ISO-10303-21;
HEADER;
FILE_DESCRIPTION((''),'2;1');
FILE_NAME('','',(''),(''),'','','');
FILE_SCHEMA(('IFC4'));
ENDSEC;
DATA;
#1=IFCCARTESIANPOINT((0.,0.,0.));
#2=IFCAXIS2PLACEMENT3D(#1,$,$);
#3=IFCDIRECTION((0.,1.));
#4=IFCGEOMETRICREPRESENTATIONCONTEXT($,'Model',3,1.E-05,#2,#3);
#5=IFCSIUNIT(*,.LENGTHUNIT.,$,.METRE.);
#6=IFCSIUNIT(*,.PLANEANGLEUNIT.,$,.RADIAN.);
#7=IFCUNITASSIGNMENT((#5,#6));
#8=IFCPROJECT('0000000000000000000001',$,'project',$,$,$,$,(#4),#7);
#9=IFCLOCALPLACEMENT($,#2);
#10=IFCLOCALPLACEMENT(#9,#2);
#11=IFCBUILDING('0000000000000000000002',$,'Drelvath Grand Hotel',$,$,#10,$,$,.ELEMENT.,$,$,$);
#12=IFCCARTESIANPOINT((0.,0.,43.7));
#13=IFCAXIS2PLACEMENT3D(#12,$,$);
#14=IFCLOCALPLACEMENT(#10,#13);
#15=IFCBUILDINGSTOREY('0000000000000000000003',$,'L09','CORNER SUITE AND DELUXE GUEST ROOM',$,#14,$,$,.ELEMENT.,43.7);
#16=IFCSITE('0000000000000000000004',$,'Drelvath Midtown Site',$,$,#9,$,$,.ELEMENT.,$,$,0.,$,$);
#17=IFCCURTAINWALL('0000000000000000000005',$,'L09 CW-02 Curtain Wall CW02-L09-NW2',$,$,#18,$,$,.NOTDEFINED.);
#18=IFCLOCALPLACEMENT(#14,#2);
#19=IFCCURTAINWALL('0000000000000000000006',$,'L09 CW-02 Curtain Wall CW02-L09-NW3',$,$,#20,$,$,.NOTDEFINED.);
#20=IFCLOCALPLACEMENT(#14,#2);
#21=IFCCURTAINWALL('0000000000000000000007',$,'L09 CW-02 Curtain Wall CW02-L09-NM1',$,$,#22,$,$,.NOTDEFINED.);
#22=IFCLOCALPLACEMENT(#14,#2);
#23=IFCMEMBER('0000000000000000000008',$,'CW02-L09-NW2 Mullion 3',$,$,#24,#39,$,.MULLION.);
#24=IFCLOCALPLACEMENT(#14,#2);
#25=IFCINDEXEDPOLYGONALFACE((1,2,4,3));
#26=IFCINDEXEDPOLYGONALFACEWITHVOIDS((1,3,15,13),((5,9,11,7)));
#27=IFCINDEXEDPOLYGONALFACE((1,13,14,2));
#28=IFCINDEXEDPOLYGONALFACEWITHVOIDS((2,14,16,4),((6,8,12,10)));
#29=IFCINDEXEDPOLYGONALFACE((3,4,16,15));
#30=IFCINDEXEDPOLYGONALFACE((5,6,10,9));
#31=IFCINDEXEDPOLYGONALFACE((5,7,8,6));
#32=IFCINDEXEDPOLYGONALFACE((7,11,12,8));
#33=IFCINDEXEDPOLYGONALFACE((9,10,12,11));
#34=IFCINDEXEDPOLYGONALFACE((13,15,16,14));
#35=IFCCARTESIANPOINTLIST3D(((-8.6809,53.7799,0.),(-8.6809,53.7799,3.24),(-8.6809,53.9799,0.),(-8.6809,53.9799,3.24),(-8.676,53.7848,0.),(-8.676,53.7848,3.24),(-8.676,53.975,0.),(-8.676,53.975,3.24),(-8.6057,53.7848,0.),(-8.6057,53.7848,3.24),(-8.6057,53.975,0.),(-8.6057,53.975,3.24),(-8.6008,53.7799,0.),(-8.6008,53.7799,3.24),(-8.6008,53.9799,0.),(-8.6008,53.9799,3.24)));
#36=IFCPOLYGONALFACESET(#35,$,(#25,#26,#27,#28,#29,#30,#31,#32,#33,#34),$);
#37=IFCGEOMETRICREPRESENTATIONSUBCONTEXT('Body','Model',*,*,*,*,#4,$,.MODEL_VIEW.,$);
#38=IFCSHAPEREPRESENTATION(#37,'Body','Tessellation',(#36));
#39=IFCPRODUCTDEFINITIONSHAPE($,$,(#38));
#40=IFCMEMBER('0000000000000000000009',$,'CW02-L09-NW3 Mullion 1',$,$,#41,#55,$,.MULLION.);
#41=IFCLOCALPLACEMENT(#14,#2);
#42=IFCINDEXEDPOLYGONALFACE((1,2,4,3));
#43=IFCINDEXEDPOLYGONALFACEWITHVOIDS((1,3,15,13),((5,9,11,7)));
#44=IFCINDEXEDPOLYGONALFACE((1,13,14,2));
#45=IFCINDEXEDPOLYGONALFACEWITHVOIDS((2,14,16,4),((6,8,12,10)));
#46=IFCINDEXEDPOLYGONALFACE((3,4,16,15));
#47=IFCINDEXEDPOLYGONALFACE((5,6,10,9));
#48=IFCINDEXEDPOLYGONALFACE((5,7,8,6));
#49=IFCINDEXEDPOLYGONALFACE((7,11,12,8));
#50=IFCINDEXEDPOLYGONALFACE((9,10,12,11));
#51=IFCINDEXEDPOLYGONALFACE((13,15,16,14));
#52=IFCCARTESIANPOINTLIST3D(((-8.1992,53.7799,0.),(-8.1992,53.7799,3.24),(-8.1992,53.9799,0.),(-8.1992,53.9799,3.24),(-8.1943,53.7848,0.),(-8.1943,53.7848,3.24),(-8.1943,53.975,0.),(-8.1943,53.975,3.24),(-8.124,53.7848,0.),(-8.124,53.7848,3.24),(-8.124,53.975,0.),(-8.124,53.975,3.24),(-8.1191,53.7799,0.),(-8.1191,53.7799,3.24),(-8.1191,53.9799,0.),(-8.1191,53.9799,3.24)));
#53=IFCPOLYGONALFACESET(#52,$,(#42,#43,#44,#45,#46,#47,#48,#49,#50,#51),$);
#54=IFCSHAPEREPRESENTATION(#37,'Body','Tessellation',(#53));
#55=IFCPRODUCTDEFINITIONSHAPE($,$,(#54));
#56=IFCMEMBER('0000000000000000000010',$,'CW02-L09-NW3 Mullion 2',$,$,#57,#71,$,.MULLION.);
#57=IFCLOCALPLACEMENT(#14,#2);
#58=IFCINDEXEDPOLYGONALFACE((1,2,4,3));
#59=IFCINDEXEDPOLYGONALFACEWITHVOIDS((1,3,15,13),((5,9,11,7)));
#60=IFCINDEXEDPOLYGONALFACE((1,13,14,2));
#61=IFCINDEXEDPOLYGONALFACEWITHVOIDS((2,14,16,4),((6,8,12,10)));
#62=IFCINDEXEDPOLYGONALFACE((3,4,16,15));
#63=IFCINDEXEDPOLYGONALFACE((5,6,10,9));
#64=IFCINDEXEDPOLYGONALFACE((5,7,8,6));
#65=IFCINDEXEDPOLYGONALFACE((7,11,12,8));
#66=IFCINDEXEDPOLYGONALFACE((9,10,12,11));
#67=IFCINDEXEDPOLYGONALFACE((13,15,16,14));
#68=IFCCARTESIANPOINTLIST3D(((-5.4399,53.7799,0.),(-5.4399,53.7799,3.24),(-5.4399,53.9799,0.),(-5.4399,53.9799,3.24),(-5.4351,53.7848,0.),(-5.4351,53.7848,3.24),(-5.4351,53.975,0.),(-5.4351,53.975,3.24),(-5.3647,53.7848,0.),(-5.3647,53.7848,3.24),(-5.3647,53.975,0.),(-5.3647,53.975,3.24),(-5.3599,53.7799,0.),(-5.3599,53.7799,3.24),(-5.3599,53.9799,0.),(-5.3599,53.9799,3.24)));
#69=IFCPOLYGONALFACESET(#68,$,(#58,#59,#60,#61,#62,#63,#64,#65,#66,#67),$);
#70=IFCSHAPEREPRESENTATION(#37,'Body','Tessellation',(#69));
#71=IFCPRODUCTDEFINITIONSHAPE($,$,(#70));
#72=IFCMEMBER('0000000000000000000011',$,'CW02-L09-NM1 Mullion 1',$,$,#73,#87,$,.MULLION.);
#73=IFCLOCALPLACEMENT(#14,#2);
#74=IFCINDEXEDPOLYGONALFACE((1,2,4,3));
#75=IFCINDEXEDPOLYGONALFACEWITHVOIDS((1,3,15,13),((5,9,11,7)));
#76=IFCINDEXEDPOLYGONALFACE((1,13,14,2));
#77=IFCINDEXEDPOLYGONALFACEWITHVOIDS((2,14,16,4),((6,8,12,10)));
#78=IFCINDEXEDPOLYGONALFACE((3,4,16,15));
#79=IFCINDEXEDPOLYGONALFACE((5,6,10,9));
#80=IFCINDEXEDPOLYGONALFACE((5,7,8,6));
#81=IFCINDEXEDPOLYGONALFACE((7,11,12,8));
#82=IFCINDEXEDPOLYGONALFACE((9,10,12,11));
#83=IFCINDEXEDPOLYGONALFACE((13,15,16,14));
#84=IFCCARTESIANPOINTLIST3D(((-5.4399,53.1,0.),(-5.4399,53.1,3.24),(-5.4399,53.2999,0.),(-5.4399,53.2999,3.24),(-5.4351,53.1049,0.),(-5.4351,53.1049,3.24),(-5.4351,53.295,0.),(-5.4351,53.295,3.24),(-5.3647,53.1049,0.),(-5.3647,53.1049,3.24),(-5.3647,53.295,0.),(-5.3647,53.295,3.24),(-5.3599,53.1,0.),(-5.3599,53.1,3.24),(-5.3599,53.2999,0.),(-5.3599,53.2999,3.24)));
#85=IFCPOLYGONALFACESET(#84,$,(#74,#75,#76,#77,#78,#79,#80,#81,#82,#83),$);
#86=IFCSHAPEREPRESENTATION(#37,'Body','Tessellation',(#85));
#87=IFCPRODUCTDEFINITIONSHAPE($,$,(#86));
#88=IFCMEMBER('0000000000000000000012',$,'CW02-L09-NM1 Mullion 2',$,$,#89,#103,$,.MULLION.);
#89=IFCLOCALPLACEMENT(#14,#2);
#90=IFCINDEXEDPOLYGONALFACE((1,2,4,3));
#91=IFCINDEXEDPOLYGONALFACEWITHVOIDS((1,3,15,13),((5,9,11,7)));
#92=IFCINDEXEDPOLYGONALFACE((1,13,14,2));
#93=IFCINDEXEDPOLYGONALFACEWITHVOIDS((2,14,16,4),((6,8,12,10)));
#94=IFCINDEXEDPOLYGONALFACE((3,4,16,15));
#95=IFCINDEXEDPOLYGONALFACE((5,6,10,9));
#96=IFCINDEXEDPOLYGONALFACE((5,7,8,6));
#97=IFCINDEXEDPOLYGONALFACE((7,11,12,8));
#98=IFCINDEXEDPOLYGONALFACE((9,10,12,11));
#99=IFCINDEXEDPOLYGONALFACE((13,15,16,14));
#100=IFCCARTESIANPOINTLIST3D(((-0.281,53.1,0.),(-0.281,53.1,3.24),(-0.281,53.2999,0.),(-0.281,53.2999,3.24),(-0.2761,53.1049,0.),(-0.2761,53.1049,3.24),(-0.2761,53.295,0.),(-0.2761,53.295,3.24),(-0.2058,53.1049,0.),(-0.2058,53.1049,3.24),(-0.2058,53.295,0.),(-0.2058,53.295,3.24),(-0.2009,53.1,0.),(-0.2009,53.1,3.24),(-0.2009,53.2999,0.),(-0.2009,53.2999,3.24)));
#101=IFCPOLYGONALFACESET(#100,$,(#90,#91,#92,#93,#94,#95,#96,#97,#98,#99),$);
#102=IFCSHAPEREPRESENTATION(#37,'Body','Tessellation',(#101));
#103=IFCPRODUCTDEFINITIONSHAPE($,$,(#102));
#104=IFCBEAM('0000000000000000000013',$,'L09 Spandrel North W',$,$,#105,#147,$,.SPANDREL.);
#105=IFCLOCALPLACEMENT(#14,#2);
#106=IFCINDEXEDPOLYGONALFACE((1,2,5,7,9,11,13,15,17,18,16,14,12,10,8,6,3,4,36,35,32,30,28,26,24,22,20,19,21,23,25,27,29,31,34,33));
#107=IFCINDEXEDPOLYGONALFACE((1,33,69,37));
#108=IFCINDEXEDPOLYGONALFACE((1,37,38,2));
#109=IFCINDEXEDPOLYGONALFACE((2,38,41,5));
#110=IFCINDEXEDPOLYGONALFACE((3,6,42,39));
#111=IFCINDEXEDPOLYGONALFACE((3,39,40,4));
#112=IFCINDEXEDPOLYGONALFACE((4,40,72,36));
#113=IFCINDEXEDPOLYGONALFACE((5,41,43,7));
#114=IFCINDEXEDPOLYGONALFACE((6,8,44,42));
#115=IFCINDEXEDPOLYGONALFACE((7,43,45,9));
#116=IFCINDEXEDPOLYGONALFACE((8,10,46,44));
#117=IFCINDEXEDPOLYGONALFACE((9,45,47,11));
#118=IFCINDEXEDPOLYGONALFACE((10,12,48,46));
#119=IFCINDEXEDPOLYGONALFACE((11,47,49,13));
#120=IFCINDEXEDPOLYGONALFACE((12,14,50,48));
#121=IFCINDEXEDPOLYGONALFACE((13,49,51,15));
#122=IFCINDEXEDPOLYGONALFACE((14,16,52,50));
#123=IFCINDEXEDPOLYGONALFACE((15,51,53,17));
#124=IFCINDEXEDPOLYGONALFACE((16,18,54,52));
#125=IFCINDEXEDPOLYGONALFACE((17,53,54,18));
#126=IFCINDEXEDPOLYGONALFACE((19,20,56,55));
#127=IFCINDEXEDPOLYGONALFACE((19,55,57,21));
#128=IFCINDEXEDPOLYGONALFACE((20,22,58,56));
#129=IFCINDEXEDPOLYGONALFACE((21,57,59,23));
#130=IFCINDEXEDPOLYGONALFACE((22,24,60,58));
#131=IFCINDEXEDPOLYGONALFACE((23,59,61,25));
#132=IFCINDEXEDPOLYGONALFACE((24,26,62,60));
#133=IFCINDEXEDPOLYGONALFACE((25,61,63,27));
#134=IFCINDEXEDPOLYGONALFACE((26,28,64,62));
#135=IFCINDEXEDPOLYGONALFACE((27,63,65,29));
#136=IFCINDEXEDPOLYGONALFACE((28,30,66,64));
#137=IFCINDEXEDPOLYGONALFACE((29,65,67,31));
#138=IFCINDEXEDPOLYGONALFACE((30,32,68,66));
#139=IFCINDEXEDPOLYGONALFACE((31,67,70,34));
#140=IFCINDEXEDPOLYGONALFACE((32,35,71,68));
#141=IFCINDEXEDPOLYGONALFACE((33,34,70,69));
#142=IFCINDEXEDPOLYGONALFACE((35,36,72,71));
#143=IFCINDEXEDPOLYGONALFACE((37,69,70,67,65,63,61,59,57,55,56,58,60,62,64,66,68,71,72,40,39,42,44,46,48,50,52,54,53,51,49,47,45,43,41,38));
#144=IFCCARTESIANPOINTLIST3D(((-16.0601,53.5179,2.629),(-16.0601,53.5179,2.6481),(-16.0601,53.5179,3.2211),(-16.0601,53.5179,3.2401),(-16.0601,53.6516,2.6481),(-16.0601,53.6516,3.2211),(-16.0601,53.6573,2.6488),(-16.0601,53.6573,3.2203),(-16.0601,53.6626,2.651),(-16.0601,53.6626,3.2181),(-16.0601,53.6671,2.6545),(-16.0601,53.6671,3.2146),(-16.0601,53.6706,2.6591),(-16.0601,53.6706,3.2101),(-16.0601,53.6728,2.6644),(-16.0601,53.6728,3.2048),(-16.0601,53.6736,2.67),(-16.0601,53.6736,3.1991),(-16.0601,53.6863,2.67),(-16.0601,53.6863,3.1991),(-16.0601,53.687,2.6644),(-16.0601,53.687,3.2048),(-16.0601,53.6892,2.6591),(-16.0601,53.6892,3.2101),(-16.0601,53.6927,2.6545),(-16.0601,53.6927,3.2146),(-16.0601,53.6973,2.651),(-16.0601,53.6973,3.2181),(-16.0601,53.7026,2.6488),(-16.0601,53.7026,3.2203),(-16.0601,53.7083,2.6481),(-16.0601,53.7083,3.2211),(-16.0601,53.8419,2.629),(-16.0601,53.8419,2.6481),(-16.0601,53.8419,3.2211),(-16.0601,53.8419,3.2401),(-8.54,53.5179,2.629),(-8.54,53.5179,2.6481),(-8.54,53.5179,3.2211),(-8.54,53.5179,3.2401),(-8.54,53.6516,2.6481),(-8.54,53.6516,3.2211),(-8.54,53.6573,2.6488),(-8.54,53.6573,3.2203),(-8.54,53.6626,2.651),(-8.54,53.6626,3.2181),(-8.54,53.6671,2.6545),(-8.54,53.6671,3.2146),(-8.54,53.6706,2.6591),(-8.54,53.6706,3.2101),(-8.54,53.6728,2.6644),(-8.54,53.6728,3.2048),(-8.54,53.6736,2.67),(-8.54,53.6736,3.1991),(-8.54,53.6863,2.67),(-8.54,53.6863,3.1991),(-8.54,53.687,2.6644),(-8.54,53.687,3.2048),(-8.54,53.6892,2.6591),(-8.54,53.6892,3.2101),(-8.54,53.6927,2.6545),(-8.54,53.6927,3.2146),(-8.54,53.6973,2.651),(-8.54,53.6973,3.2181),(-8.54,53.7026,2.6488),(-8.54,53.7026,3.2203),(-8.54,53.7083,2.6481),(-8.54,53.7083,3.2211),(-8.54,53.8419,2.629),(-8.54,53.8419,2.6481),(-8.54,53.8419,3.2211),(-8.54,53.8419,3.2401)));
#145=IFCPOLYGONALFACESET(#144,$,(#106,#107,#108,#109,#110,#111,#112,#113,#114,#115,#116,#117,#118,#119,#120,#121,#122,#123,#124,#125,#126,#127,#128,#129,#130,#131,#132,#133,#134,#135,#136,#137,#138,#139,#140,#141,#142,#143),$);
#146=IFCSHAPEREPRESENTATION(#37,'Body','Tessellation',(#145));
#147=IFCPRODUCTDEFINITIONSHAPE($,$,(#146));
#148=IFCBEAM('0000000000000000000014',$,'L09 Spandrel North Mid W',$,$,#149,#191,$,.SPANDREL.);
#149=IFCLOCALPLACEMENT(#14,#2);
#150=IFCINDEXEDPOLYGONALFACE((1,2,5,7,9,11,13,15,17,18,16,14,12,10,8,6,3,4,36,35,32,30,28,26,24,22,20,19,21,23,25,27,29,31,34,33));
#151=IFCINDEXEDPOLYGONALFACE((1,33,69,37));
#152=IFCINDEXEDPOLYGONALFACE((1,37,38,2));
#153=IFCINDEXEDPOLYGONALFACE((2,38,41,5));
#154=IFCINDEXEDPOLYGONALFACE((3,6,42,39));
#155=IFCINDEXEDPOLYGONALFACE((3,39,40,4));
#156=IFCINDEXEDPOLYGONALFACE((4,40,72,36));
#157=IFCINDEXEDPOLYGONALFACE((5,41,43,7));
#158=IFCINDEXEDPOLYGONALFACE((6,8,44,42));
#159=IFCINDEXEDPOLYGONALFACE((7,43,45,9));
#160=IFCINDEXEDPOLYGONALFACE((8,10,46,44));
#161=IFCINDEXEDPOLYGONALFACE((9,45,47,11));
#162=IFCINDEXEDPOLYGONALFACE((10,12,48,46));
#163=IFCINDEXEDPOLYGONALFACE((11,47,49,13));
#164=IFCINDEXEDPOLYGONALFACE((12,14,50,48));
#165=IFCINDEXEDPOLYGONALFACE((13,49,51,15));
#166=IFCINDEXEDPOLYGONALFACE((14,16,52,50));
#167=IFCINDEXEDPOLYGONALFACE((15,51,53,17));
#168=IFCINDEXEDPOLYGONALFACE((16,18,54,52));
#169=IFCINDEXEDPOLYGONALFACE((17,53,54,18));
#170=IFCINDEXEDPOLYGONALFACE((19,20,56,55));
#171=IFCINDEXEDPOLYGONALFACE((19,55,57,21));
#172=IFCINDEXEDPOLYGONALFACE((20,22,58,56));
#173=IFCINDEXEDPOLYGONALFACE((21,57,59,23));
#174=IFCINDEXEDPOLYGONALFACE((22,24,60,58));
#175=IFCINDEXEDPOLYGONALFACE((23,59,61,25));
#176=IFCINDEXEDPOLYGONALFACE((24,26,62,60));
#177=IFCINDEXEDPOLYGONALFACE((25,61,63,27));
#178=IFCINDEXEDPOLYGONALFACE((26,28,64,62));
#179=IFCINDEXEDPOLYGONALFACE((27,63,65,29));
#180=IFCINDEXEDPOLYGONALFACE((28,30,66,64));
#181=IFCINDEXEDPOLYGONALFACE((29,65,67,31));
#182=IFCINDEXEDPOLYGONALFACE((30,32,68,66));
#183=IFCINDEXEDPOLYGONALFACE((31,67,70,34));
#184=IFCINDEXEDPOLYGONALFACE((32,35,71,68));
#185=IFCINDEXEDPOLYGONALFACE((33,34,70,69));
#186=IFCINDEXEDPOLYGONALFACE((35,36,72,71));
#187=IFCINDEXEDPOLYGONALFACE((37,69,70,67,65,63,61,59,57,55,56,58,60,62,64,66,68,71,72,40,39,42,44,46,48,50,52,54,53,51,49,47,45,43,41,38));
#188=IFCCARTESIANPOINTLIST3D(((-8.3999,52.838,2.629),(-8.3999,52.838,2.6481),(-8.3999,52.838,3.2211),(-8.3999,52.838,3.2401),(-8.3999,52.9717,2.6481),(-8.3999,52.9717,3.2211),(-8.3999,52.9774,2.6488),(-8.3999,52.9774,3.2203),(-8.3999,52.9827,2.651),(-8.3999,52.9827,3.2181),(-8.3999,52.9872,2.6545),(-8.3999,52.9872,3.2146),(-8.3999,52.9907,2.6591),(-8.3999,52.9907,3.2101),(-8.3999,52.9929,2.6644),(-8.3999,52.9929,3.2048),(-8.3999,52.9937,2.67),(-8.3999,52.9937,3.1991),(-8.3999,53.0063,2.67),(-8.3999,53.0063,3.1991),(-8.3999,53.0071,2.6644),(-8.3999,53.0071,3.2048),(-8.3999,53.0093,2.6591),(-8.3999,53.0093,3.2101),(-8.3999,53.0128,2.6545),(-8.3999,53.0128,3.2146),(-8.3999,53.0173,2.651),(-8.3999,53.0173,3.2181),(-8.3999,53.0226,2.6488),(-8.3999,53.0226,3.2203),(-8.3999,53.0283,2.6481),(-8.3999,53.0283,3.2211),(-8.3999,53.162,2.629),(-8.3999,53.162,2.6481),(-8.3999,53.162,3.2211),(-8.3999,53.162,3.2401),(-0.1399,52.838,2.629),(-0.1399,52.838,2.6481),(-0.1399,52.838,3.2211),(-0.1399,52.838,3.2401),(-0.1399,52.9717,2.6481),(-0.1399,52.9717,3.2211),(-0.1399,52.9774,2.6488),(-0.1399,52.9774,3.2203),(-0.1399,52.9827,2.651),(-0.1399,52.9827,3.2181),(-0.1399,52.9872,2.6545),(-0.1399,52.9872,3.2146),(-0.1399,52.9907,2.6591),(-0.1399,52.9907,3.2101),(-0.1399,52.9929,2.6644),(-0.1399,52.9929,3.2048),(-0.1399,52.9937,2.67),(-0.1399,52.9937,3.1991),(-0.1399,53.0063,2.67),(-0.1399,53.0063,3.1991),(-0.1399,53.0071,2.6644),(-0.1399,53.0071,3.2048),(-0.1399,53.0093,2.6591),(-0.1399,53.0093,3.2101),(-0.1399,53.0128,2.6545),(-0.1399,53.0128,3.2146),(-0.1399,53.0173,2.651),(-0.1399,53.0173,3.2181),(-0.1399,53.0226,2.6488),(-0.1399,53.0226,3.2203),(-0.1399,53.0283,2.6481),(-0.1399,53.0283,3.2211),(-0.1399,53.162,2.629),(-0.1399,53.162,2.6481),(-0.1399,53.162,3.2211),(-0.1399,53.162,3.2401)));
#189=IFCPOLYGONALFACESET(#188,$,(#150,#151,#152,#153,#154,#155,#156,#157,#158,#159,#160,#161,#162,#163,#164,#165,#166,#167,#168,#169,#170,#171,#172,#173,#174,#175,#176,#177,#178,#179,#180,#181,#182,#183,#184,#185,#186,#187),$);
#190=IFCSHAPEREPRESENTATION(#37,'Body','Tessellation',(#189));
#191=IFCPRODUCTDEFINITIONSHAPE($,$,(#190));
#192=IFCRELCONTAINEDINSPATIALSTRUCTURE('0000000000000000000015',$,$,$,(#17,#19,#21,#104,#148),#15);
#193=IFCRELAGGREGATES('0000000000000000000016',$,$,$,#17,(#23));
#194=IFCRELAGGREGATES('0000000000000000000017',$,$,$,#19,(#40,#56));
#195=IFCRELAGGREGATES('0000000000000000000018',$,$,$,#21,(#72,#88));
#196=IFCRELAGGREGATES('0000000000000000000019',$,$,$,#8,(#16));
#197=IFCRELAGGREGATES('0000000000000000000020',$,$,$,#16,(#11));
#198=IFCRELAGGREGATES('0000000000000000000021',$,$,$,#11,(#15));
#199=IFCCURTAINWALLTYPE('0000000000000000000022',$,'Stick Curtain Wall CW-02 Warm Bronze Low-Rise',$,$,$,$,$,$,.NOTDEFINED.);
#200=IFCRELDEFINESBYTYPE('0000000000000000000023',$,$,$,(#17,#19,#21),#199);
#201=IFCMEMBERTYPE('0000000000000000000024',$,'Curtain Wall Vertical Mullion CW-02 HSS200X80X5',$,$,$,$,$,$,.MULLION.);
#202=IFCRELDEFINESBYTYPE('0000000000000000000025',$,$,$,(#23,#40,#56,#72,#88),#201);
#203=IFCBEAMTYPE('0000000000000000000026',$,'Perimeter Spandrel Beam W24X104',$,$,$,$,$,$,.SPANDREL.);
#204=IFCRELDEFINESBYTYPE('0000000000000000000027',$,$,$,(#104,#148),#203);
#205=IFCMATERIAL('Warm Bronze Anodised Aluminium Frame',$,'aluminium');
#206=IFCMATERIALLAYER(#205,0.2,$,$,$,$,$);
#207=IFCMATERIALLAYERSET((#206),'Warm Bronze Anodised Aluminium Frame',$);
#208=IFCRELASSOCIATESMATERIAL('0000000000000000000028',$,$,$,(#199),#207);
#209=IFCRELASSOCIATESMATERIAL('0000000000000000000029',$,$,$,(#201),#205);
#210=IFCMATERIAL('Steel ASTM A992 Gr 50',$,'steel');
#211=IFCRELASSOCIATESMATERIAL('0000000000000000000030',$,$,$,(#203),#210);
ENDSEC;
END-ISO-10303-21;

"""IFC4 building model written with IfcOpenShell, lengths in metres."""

from ifc_helpers import new_model, si_unit, direction, frame, origin, origin_2d, place, context, subcontext, project, spatial, hollow_rectangle, i_section, extrude, material, layer, layer_set, material_profile, profile_set, type_object, element, aggregate, save


model = new_model("IFC4")

# Units and contexts
model_context = context("Model", 3, precision=1e-05, world=origin(), true_north=direction((0.0, 1.0)))
body_context = subcontext(model_context, "Body", "Model", "MODEL_VIEW")
ifc_project = project(units=[si_unit("LENGTHUNIT", "METRE"), si_unit("PLANEANGLEUNIT", "RADIAN")], contexts=[model_context])

# Site, building, storey
site_placement = place(None, origin())
site = spatial("IfcSite", under=ifc_project, at=site_placement, Name="Drelvath Midtown Site", CompositionType="ELEMENT", RefElevation=0.0)
building_placement = place(site_placement, origin())
building = spatial("IfcBuilding", under=site, at=building_placement, Name="Drelvath Grand Hotel", CompositionType="ELEMENT")
storey_placement = place(building_placement, frame((0.0, 0.0, 43.7)))
storey = spatial("IfcBuildingStorey", under=building, at=storey_placement, Name="L09", Description="CORNER SUITE AND DELUXE GUEST ROOM", CompositionType="ELEMENT", Elevation=43.7)

# Curtain walls
ifc_material_1 = material(Name="Warm Bronze Anodised Aluminium Frame", Category="aluminium")
ifc_layer_1 = layer(ifc_material_1, 0.2)
ifc_layer_set_1 = layer_set([ifc_layer_1], Name="Warm Bronze Anodised Aluminium Frame")
curtain_wall_type = type_object("IfcCurtainWallType", Name="Stick Curtain Wall CW-02 Warm Bronze Low-Rise", PredefinedType="NOTDEFINED", material=ifc_layer_set_1)
curtain_wall_1_placement = place(storey_placement, origin())
curtain_wall_1 = element("IfcCurtainWall", 1, at=curtain_wall_1_placement, inside=storey, type_object=curtain_wall_type, Name="L09 CW-02 Curtain Wall CW02-L09-NW2", PredefinedType="NOTDEFINED")
curtain_wall_2_placement = place(storey_placement, origin())
curtain_wall_2 = element("IfcCurtainWall", 2, at=curtain_wall_2_placement, inside=storey, type_object=curtain_wall_type, Name="L09 CW-02 Curtain Wall CW02-L09-NW3", PredefinedType="NOTDEFINED")
curtain_wall_3_placement = place(storey_placement, origin())
curtain_wall_3 = element("IfcCurtainWall", 3, at=curtain_wall_3_placement, inside=storey, type_object=curtain_wall_type, Name="L09 CW-02 Curtain Wall CW02-L09-NM1", PredefinedType="NOTDEFINED")

# Members
ifc_material_profile_1 = material_profile(ifc_material_1, hollow_rectangle(XDim=0.0801, YDim=0.2, WallThickness=0.0049, at=origin_2d()), Name="HSS200X80X5")
ifc_profile_set_1 = profile_set([ifc_material_profile_1], Name="Warm Bronze Anodised Aluminium Frame")
member_type_1 = type_object("IfcMemberType", Name="Curtain Wall Vertical Mullion CW-02 HSS200X80X5", PredefinedType="MULLION", material=ifc_profile_set_1)
member_1_placement = place(storey_placement, frame((-8.6409, 53.8799, 0.0), z_axis=(0.0, 0.0, 1.0), x_axis=(1.0, 0.0, 0.0)))
member_1 = element("IfcMember", 4, at=member_1_placement, type_object=member_type_1, Name="CW02-L09-NW2 Mullion 3", PredefinedType="MULLION", context=body_context, shape_type="SweptSolid", body=[
    extrude(hollow_rectangle(XDim=0.0801, YDim=0.2, WallThickness=0.0049, at=origin_2d()), origin(), (0.0, 0.0, 1.0), 3.24),
])
member_2_placement = place(storey_placement, frame((-8.1592, 53.8799, 0.0), z_axis=(0.0, 0.0, 1.0), x_axis=(1.0, 0.0, 0.0)))
member_2 = element("IfcMember", 5, at=member_2_placement, type_object=member_type_1, Name="CW02-L09-NW3 Mullion 1", PredefinedType="MULLION", context=body_context, shape_type="SweptSolid", body=[
    extrude(hollow_rectangle(XDim=0.0801, YDim=0.2, WallThickness=0.0049, at=origin_2d()), origin(), (0.0, 0.0, 1.0), 3.24),
])
member_3_placement = place(storey_placement, frame((-5.3999, 53.8799, 0.0), z_axis=(0.0, 0.0, 1.0), x_axis=(1.0, 0.0, 0.0)))
member_3 = element("IfcMember", 6, at=member_3_placement, type_object=member_type_1, Name="CW02-L09-NW3 Mullion 2", PredefinedType="MULLION", context=body_context, shape_type="SweptSolid", body=[
    extrude(hollow_rectangle(XDim=0.0801, YDim=0.2, WallThickness=0.0049, at=origin_2d()), origin(), (0.0, 0.0, 1.0), 3.24),
])
member_4_placement = place(storey_placement, frame((-5.3999, 53.2, 0.0), z_axis=(0.0, 0.0, 1.0), x_axis=(1.0, 0.0, 0.0)))
member_4 = element("IfcMember", 7, at=member_4_placement, type_object=member_type_1, Name="CW02-L09-NM1 Mullion 1", PredefinedType="MULLION", context=body_context, shape_type="SweptSolid", body=[
    extrude(hollow_rectangle(XDim=0.0801, YDim=0.2, WallThickness=0.0049, at=origin_2d()), origin(), (0.0, 0.0, 1.0), 3.24),
])
member_5_placement = place(storey_placement, frame((-0.241, 53.2, 0.0), z_axis=(0.0, 0.0, 1.0), x_axis=(1.0, 0.0, 0.0)))
member_5 = element("IfcMember", 8, at=member_5_placement, type_object=member_type_1, Name="CW02-L09-NM1 Mullion 2", PredefinedType="MULLION", context=body_context, shape_type="SweptSolid", body=[
    extrude(hollow_rectangle(XDim=0.0801, YDim=0.2, WallThickness=0.0049, at=origin_2d()), origin(), (0.0, 0.0, 1.0), 3.24),
])

# Beams
ifc_material_2 = material(Name="Steel ASTM A992 Gr 50", Category="steel")
ifc_material_profile_2 = material_profile(ifc_material_2, i_section(OverallWidth=0.324, OverallDepth=0.6111, WebThickness=0.0127, FlangeThickness=0.019, FilletRadius=0.022, at=origin_2d()), Name="W24X104")
ifc_profile_set_2 = profile_set([ifc_material_profile_2], Name="Steel ASTM A992 Gr 50")
beam_type_1 = type_object("IfcBeamType", Name="Perimeter Spandrel Beam W24X104", PredefinedType="SPANDREL", material=ifc_profile_set_2)
beam_1_placement = place(storey_placement, frame((-16.0601, 53.6799, 2.9346), z_axis=(1.0, 0.0, 0.0), x_axis=(0.0, 1.0, 0.0)))
element("IfcBeam", 9, at=beam_1_placement, inside=storey, type_object=beam_type_1, Name="L09 Spandrel North W", PredefinedType="SPANDREL", context=body_context, shape_type="SweptSolid", body=[
    extrude(i_section(OverallWidth=0.324, OverallDepth=0.6111, WebThickness=0.0127, FlangeThickness=0.019, FilletRadius=0.022, at=origin_2d()), origin(), (0.0, 0.0, 1.0), 7.52),
])
beam_2_placement = place(storey_placement, frame((-8.3999, 53.0, 2.9346), z_axis=(1.0, 0.0, 0.0), x_axis=(0.0, 1.0, 0.0)))
element("IfcBeam", 10, at=beam_2_placement, inside=storey, type_object=beam_type_1, Name="L09 Spandrel North Mid W", PredefinedType="SPANDREL", context=body_context, shape_type="SweptSolid", body=[
    extrude(i_section(OverallWidth=0.324, OverallDepth=0.6111, WebThickness=0.0127, FlangeThickness=0.019, FilletRadius=0.022, at=origin_2d()), origin(), (0.0, 0.0, 1.0), 8.26),
])

aggregate(curtain_wall_1, [member_1])
aggregate(curtain_wall_2, [member_2, member_3])
aggregate(curtain_wall_3, [member_4, member_5])

save(model, "model.ifc")
